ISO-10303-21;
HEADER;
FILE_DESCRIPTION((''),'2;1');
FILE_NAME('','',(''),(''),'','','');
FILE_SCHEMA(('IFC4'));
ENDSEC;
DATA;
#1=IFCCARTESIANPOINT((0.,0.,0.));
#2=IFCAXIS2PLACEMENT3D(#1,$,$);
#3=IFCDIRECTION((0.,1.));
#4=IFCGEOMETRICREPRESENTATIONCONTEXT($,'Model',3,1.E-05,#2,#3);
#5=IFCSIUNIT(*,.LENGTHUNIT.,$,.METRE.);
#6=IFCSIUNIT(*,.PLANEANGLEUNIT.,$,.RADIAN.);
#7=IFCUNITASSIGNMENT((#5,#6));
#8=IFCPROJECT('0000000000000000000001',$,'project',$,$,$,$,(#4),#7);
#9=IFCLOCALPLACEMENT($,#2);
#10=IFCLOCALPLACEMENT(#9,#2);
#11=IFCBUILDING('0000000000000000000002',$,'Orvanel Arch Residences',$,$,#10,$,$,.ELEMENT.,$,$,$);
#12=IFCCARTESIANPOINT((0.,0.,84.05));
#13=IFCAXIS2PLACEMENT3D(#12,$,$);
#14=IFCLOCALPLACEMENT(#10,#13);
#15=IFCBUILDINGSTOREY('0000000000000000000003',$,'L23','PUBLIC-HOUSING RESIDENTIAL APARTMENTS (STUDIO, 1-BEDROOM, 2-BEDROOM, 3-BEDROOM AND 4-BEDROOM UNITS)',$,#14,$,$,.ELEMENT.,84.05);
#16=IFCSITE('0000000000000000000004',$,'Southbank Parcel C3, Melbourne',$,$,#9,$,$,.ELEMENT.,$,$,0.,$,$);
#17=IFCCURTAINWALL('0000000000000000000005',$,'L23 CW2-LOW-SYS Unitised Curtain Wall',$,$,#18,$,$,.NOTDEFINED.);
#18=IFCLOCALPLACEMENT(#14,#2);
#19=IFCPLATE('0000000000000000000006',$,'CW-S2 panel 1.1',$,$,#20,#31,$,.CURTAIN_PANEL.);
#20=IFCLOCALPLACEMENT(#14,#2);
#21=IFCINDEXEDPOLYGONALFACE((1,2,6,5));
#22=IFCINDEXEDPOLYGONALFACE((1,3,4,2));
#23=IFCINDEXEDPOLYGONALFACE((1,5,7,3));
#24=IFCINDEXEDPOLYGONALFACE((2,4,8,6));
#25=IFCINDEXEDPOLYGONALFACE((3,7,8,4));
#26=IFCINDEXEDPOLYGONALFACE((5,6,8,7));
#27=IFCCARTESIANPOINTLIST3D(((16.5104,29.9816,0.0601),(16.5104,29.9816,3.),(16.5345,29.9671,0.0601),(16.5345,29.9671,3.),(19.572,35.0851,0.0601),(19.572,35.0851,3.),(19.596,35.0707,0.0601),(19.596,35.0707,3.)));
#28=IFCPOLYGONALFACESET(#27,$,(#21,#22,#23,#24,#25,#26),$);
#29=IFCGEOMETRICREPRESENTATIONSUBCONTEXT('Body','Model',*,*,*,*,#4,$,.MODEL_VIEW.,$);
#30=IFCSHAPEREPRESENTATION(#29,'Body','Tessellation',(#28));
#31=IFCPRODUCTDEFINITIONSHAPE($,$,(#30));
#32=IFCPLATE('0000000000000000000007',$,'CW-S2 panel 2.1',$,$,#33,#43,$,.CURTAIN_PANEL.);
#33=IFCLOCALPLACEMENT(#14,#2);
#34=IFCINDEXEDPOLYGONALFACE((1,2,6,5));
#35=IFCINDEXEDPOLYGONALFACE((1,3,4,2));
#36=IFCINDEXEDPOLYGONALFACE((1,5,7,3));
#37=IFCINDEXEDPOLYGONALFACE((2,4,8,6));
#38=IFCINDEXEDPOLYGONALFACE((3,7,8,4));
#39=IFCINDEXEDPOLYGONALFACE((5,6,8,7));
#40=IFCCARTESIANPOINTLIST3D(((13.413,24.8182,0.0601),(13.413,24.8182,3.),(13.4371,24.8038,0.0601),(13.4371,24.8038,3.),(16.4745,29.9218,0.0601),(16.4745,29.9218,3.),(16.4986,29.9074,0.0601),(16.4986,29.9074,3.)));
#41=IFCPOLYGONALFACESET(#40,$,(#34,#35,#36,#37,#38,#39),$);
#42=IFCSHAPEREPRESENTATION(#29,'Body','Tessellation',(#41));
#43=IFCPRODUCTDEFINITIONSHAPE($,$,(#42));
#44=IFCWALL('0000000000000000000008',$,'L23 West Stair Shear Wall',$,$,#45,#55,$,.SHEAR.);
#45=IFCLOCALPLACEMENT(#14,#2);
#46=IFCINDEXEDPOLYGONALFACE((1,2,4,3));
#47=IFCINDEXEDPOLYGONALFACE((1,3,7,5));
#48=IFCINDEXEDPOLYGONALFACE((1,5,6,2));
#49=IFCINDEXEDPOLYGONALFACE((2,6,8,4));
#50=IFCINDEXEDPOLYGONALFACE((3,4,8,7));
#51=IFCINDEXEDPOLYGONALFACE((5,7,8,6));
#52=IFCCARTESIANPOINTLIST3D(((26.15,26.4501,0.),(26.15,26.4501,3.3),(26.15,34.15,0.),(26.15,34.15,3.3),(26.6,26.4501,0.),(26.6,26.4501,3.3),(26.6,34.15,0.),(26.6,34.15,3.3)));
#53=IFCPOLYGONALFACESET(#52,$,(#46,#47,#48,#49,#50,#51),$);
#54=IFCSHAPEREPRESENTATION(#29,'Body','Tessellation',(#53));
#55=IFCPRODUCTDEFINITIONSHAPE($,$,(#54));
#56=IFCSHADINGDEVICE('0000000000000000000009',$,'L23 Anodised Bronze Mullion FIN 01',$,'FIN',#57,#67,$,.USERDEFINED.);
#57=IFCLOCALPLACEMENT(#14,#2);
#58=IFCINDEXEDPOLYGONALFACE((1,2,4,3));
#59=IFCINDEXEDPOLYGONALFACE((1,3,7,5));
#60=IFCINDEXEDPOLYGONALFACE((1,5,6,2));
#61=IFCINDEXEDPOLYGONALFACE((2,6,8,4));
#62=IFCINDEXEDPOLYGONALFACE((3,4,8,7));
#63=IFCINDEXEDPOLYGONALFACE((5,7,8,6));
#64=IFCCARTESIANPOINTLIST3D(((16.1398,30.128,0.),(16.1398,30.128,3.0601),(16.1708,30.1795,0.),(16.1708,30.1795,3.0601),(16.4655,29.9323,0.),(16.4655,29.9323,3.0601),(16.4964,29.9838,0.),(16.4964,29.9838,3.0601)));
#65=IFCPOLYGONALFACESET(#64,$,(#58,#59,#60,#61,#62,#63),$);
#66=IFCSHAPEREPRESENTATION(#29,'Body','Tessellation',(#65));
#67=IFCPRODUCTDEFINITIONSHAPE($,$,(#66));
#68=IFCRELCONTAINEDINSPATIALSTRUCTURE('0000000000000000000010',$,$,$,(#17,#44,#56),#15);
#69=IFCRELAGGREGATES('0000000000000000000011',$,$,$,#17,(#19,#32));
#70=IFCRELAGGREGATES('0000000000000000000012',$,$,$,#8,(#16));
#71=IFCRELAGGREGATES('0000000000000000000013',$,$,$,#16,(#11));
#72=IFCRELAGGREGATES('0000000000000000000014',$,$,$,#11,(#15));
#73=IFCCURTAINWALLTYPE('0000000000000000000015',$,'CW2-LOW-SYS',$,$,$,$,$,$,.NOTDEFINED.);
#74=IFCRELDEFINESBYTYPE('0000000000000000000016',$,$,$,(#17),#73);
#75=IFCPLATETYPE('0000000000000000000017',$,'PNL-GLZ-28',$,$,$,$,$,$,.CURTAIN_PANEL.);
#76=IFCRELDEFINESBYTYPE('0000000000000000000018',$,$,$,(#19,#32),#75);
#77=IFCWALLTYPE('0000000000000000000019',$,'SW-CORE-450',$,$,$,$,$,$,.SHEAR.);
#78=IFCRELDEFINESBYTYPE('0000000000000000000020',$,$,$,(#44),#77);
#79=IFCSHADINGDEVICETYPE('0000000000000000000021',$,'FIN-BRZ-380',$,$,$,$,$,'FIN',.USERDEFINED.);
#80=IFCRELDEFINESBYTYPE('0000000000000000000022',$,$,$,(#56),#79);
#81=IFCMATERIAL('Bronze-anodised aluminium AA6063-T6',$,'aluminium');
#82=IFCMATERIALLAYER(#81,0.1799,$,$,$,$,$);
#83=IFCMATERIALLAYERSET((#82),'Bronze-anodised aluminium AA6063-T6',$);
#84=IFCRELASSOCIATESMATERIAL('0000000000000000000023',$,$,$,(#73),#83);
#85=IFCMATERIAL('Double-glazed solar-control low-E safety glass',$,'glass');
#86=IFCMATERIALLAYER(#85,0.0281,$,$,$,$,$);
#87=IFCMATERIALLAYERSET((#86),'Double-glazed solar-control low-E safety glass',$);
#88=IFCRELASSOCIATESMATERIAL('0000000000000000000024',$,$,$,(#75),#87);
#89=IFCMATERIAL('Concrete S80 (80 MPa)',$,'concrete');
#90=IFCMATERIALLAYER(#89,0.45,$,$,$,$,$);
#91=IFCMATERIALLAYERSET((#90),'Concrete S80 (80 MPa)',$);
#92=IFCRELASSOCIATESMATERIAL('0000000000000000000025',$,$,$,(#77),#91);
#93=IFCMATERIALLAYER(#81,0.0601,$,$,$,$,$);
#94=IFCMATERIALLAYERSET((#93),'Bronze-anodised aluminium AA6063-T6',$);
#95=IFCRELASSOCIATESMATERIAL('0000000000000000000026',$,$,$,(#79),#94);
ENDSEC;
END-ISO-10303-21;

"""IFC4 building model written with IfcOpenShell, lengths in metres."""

from ifc_helpers import new_model, si_unit, direction, frame, frame_2d, origin, origin_2d, place, context, subcontext, project, spatial, rectangle, extrude, material, layer, layer_set, type_object, element, aggregate, save


model = new_model("IFC4")

# Units and contexts
model_context = context("Model", 3, precision=1e-05, world=origin(), true_north=direction((0.0, 1.0)))
body_context = subcontext(model_context, "Body", "Model", "MODEL_VIEW")
ifc_project = project(units=[si_unit("LENGTHUNIT", "METRE"), si_unit("PLANEANGLEUNIT", "RADIAN")], contexts=[model_context])

# Site, building, storey
site_placement = place(None, origin())
site = spatial("IfcSite", under=ifc_project, at=site_placement, Name="Southbank Parcel C3, Melbourne", CompositionType="ELEMENT", RefElevation=0.0)
building_placement = place(site_placement, origin())
building = spatial("IfcBuilding", under=site, at=building_placement, Name="Orvanel Arch Residences", CompositionType="ELEMENT")
storey_placement = place(building_placement, frame((0.0, 0.0, 84.05)))
storey = spatial("IfcBuildingStorey", under=building, at=storey_placement, Name="L23", Description="PUBLIC-HOUSING RESIDENTIAL APARTMENTS (STUDIO, 1-BEDROOM, 2-BEDROOM, 3-BEDROOM AND 4-BEDROOM UNITS)", CompositionType="ELEMENT", Elevation=84.05)

# Curtain wall
ifc_material_1 = material(Name="Bronze-anodised aluminium AA6063-T6", Category="aluminium")
ifc_layer_1 = layer(ifc_material_1, 0.1799)
ifc_layer_set_1 = layer_set([ifc_layer_1], Name="Bronze-anodised aluminium AA6063-T6")
curtain_wall_type = type_object("IfcCurtainWallType", Name="CW2-LOW-SYS", PredefinedType="NOTDEFINED", material=ifc_layer_set_1)
curtain_wall_1_placement = place(storey_placement, origin())
curtain_wall_1 = element("IfcCurtainWall", 1, at=curtain_wall_1_placement, inside=storey, type_object=curtain_wall_type, Name="L23 CW2-LOW-SYS Unitised Curtain Wall", PredefinedType="NOTDEFINED")

# Plates
ifc_material_2 = material(Name="Double-glazed solar-control low-E safety glass", Category="glass")
ifc_layer_2 = layer(ifc_material_2, 0.0281)
ifc_layer_set_2 = layer_set([ifc_layer_2], Name="Double-glazed solar-control low-E safety glass")
plate_type = type_object("IfcPlateType", Name="PNL-GLZ-28", PredefinedType="CURTAIN_PANEL", material=ifc_layer_set_2)
plate_1_placement = place(storey_placement, frame((18.0532, 32.5261, 0.0601), z_axis=(0.0, 0.0, 1.0), x_axis=(-0.514423, -0.857537, 0.0)))
plate_1 = element("IfcPlate", 2, at=plate_1_placement, type_object=plate_type, Name="CW-S2 panel 1.1", PredefinedType="CURTAIN_PANEL", context=body_context, shape_type="SweptSolid", body=[
    extrude(rectangle(XDim=5.9514, YDim=0.0281, at=origin_2d()), origin(), (0.0, 0.0, 1.0), 2.9399),
])
plate_2_placement = place(storey_placement, frame((14.9558, 27.3628, 0.0601), z_axis=(0.0, 0.0, 1.0), x_axis=(-0.514423, -0.857537, 0.0)))
plate_2 = element("IfcPlate", 3, at=plate_2_placement, type_object=plate_type, Name="CW-S2 panel 2.1", PredefinedType="CURTAIN_PANEL", context=body_context, shape_type="SweptSolid", body=[
    extrude(rectangle(XDim=5.9514, YDim=0.0281, at=origin_2d()), origin(), (0.0, 0.0, 1.0), 2.9399),
])
aggregate(curtain_wall_1, [plate_1, plate_2])

# Shared definitions
ifc_material_3 = material(Name="Concrete S80 (80 MPa)", Category="concrete")
ifc_layer_3 = layer(ifc_material_3, 0.45)
ifc_layer_set_3 = layer_set([ifc_layer_3], Name="Concrete S80 (80 MPa)")
wall_type = type_object("IfcWallType", Name="SW-CORE-450", PredefinedType="SHEAR", material=ifc_layer_set_3)

# Wall
wall_1_placement = place(storey_placement, frame((26.375, 26.45, 0.0), z_axis=(0.0, 0.0, 1.0), x_axis=(0.0, 1.0, 0.0)))
element("IfcWall", 4, at=wall_1_placement, inside=storey, type_object=wall_type, Name="L23 West Stair Shear Wall", PredefinedType="SHEAR", context=body_context, shape_type="SweptSolid", body=[
    extrude(rectangle(XDim=7.7, YDim=0.45, at=frame_2d((3.8501, 0.0))), origin(), (0.0, 0.0, 1.0), 3.3),
])

# Shading device
ifc_layer_4 = layer(ifc_material_1, 0.0601)
ifc_layer_set_4 = layer_set([ifc_layer_4], Name="Bronze-anodised aluminium AA6063-T6")
shading_device_type = type_object("IfcShadingDeviceType", Name="FIN-BRZ-380", ElementType="FIN", PredefinedType="USERDEFINED", material=ifc_layer_set_4)
shading_device_placement = place(storey_placement, frame((16.3181, 30.0559, 0.0), z_axis=(0.0, 0.0, 1.0), x_axis=(-0.857167, 0.515038, 0.0)))
element("IfcShadingDevice", 5, at=shading_device_placement, inside=storey, type_object=shading_device_type, Name="L23 Anodised Bronze Mullion FIN 01", ObjectType="FIN", PredefinedType="USERDEFINED", context=body_context, shape_type="SweptSolid", body=[
    extrude(rectangle(XDim=0.3799, YDim=0.0601, at=origin_2d()), origin(), (0.0, 0.0, 1.0), 3.0601),
])

save(model, "model.ifc")
